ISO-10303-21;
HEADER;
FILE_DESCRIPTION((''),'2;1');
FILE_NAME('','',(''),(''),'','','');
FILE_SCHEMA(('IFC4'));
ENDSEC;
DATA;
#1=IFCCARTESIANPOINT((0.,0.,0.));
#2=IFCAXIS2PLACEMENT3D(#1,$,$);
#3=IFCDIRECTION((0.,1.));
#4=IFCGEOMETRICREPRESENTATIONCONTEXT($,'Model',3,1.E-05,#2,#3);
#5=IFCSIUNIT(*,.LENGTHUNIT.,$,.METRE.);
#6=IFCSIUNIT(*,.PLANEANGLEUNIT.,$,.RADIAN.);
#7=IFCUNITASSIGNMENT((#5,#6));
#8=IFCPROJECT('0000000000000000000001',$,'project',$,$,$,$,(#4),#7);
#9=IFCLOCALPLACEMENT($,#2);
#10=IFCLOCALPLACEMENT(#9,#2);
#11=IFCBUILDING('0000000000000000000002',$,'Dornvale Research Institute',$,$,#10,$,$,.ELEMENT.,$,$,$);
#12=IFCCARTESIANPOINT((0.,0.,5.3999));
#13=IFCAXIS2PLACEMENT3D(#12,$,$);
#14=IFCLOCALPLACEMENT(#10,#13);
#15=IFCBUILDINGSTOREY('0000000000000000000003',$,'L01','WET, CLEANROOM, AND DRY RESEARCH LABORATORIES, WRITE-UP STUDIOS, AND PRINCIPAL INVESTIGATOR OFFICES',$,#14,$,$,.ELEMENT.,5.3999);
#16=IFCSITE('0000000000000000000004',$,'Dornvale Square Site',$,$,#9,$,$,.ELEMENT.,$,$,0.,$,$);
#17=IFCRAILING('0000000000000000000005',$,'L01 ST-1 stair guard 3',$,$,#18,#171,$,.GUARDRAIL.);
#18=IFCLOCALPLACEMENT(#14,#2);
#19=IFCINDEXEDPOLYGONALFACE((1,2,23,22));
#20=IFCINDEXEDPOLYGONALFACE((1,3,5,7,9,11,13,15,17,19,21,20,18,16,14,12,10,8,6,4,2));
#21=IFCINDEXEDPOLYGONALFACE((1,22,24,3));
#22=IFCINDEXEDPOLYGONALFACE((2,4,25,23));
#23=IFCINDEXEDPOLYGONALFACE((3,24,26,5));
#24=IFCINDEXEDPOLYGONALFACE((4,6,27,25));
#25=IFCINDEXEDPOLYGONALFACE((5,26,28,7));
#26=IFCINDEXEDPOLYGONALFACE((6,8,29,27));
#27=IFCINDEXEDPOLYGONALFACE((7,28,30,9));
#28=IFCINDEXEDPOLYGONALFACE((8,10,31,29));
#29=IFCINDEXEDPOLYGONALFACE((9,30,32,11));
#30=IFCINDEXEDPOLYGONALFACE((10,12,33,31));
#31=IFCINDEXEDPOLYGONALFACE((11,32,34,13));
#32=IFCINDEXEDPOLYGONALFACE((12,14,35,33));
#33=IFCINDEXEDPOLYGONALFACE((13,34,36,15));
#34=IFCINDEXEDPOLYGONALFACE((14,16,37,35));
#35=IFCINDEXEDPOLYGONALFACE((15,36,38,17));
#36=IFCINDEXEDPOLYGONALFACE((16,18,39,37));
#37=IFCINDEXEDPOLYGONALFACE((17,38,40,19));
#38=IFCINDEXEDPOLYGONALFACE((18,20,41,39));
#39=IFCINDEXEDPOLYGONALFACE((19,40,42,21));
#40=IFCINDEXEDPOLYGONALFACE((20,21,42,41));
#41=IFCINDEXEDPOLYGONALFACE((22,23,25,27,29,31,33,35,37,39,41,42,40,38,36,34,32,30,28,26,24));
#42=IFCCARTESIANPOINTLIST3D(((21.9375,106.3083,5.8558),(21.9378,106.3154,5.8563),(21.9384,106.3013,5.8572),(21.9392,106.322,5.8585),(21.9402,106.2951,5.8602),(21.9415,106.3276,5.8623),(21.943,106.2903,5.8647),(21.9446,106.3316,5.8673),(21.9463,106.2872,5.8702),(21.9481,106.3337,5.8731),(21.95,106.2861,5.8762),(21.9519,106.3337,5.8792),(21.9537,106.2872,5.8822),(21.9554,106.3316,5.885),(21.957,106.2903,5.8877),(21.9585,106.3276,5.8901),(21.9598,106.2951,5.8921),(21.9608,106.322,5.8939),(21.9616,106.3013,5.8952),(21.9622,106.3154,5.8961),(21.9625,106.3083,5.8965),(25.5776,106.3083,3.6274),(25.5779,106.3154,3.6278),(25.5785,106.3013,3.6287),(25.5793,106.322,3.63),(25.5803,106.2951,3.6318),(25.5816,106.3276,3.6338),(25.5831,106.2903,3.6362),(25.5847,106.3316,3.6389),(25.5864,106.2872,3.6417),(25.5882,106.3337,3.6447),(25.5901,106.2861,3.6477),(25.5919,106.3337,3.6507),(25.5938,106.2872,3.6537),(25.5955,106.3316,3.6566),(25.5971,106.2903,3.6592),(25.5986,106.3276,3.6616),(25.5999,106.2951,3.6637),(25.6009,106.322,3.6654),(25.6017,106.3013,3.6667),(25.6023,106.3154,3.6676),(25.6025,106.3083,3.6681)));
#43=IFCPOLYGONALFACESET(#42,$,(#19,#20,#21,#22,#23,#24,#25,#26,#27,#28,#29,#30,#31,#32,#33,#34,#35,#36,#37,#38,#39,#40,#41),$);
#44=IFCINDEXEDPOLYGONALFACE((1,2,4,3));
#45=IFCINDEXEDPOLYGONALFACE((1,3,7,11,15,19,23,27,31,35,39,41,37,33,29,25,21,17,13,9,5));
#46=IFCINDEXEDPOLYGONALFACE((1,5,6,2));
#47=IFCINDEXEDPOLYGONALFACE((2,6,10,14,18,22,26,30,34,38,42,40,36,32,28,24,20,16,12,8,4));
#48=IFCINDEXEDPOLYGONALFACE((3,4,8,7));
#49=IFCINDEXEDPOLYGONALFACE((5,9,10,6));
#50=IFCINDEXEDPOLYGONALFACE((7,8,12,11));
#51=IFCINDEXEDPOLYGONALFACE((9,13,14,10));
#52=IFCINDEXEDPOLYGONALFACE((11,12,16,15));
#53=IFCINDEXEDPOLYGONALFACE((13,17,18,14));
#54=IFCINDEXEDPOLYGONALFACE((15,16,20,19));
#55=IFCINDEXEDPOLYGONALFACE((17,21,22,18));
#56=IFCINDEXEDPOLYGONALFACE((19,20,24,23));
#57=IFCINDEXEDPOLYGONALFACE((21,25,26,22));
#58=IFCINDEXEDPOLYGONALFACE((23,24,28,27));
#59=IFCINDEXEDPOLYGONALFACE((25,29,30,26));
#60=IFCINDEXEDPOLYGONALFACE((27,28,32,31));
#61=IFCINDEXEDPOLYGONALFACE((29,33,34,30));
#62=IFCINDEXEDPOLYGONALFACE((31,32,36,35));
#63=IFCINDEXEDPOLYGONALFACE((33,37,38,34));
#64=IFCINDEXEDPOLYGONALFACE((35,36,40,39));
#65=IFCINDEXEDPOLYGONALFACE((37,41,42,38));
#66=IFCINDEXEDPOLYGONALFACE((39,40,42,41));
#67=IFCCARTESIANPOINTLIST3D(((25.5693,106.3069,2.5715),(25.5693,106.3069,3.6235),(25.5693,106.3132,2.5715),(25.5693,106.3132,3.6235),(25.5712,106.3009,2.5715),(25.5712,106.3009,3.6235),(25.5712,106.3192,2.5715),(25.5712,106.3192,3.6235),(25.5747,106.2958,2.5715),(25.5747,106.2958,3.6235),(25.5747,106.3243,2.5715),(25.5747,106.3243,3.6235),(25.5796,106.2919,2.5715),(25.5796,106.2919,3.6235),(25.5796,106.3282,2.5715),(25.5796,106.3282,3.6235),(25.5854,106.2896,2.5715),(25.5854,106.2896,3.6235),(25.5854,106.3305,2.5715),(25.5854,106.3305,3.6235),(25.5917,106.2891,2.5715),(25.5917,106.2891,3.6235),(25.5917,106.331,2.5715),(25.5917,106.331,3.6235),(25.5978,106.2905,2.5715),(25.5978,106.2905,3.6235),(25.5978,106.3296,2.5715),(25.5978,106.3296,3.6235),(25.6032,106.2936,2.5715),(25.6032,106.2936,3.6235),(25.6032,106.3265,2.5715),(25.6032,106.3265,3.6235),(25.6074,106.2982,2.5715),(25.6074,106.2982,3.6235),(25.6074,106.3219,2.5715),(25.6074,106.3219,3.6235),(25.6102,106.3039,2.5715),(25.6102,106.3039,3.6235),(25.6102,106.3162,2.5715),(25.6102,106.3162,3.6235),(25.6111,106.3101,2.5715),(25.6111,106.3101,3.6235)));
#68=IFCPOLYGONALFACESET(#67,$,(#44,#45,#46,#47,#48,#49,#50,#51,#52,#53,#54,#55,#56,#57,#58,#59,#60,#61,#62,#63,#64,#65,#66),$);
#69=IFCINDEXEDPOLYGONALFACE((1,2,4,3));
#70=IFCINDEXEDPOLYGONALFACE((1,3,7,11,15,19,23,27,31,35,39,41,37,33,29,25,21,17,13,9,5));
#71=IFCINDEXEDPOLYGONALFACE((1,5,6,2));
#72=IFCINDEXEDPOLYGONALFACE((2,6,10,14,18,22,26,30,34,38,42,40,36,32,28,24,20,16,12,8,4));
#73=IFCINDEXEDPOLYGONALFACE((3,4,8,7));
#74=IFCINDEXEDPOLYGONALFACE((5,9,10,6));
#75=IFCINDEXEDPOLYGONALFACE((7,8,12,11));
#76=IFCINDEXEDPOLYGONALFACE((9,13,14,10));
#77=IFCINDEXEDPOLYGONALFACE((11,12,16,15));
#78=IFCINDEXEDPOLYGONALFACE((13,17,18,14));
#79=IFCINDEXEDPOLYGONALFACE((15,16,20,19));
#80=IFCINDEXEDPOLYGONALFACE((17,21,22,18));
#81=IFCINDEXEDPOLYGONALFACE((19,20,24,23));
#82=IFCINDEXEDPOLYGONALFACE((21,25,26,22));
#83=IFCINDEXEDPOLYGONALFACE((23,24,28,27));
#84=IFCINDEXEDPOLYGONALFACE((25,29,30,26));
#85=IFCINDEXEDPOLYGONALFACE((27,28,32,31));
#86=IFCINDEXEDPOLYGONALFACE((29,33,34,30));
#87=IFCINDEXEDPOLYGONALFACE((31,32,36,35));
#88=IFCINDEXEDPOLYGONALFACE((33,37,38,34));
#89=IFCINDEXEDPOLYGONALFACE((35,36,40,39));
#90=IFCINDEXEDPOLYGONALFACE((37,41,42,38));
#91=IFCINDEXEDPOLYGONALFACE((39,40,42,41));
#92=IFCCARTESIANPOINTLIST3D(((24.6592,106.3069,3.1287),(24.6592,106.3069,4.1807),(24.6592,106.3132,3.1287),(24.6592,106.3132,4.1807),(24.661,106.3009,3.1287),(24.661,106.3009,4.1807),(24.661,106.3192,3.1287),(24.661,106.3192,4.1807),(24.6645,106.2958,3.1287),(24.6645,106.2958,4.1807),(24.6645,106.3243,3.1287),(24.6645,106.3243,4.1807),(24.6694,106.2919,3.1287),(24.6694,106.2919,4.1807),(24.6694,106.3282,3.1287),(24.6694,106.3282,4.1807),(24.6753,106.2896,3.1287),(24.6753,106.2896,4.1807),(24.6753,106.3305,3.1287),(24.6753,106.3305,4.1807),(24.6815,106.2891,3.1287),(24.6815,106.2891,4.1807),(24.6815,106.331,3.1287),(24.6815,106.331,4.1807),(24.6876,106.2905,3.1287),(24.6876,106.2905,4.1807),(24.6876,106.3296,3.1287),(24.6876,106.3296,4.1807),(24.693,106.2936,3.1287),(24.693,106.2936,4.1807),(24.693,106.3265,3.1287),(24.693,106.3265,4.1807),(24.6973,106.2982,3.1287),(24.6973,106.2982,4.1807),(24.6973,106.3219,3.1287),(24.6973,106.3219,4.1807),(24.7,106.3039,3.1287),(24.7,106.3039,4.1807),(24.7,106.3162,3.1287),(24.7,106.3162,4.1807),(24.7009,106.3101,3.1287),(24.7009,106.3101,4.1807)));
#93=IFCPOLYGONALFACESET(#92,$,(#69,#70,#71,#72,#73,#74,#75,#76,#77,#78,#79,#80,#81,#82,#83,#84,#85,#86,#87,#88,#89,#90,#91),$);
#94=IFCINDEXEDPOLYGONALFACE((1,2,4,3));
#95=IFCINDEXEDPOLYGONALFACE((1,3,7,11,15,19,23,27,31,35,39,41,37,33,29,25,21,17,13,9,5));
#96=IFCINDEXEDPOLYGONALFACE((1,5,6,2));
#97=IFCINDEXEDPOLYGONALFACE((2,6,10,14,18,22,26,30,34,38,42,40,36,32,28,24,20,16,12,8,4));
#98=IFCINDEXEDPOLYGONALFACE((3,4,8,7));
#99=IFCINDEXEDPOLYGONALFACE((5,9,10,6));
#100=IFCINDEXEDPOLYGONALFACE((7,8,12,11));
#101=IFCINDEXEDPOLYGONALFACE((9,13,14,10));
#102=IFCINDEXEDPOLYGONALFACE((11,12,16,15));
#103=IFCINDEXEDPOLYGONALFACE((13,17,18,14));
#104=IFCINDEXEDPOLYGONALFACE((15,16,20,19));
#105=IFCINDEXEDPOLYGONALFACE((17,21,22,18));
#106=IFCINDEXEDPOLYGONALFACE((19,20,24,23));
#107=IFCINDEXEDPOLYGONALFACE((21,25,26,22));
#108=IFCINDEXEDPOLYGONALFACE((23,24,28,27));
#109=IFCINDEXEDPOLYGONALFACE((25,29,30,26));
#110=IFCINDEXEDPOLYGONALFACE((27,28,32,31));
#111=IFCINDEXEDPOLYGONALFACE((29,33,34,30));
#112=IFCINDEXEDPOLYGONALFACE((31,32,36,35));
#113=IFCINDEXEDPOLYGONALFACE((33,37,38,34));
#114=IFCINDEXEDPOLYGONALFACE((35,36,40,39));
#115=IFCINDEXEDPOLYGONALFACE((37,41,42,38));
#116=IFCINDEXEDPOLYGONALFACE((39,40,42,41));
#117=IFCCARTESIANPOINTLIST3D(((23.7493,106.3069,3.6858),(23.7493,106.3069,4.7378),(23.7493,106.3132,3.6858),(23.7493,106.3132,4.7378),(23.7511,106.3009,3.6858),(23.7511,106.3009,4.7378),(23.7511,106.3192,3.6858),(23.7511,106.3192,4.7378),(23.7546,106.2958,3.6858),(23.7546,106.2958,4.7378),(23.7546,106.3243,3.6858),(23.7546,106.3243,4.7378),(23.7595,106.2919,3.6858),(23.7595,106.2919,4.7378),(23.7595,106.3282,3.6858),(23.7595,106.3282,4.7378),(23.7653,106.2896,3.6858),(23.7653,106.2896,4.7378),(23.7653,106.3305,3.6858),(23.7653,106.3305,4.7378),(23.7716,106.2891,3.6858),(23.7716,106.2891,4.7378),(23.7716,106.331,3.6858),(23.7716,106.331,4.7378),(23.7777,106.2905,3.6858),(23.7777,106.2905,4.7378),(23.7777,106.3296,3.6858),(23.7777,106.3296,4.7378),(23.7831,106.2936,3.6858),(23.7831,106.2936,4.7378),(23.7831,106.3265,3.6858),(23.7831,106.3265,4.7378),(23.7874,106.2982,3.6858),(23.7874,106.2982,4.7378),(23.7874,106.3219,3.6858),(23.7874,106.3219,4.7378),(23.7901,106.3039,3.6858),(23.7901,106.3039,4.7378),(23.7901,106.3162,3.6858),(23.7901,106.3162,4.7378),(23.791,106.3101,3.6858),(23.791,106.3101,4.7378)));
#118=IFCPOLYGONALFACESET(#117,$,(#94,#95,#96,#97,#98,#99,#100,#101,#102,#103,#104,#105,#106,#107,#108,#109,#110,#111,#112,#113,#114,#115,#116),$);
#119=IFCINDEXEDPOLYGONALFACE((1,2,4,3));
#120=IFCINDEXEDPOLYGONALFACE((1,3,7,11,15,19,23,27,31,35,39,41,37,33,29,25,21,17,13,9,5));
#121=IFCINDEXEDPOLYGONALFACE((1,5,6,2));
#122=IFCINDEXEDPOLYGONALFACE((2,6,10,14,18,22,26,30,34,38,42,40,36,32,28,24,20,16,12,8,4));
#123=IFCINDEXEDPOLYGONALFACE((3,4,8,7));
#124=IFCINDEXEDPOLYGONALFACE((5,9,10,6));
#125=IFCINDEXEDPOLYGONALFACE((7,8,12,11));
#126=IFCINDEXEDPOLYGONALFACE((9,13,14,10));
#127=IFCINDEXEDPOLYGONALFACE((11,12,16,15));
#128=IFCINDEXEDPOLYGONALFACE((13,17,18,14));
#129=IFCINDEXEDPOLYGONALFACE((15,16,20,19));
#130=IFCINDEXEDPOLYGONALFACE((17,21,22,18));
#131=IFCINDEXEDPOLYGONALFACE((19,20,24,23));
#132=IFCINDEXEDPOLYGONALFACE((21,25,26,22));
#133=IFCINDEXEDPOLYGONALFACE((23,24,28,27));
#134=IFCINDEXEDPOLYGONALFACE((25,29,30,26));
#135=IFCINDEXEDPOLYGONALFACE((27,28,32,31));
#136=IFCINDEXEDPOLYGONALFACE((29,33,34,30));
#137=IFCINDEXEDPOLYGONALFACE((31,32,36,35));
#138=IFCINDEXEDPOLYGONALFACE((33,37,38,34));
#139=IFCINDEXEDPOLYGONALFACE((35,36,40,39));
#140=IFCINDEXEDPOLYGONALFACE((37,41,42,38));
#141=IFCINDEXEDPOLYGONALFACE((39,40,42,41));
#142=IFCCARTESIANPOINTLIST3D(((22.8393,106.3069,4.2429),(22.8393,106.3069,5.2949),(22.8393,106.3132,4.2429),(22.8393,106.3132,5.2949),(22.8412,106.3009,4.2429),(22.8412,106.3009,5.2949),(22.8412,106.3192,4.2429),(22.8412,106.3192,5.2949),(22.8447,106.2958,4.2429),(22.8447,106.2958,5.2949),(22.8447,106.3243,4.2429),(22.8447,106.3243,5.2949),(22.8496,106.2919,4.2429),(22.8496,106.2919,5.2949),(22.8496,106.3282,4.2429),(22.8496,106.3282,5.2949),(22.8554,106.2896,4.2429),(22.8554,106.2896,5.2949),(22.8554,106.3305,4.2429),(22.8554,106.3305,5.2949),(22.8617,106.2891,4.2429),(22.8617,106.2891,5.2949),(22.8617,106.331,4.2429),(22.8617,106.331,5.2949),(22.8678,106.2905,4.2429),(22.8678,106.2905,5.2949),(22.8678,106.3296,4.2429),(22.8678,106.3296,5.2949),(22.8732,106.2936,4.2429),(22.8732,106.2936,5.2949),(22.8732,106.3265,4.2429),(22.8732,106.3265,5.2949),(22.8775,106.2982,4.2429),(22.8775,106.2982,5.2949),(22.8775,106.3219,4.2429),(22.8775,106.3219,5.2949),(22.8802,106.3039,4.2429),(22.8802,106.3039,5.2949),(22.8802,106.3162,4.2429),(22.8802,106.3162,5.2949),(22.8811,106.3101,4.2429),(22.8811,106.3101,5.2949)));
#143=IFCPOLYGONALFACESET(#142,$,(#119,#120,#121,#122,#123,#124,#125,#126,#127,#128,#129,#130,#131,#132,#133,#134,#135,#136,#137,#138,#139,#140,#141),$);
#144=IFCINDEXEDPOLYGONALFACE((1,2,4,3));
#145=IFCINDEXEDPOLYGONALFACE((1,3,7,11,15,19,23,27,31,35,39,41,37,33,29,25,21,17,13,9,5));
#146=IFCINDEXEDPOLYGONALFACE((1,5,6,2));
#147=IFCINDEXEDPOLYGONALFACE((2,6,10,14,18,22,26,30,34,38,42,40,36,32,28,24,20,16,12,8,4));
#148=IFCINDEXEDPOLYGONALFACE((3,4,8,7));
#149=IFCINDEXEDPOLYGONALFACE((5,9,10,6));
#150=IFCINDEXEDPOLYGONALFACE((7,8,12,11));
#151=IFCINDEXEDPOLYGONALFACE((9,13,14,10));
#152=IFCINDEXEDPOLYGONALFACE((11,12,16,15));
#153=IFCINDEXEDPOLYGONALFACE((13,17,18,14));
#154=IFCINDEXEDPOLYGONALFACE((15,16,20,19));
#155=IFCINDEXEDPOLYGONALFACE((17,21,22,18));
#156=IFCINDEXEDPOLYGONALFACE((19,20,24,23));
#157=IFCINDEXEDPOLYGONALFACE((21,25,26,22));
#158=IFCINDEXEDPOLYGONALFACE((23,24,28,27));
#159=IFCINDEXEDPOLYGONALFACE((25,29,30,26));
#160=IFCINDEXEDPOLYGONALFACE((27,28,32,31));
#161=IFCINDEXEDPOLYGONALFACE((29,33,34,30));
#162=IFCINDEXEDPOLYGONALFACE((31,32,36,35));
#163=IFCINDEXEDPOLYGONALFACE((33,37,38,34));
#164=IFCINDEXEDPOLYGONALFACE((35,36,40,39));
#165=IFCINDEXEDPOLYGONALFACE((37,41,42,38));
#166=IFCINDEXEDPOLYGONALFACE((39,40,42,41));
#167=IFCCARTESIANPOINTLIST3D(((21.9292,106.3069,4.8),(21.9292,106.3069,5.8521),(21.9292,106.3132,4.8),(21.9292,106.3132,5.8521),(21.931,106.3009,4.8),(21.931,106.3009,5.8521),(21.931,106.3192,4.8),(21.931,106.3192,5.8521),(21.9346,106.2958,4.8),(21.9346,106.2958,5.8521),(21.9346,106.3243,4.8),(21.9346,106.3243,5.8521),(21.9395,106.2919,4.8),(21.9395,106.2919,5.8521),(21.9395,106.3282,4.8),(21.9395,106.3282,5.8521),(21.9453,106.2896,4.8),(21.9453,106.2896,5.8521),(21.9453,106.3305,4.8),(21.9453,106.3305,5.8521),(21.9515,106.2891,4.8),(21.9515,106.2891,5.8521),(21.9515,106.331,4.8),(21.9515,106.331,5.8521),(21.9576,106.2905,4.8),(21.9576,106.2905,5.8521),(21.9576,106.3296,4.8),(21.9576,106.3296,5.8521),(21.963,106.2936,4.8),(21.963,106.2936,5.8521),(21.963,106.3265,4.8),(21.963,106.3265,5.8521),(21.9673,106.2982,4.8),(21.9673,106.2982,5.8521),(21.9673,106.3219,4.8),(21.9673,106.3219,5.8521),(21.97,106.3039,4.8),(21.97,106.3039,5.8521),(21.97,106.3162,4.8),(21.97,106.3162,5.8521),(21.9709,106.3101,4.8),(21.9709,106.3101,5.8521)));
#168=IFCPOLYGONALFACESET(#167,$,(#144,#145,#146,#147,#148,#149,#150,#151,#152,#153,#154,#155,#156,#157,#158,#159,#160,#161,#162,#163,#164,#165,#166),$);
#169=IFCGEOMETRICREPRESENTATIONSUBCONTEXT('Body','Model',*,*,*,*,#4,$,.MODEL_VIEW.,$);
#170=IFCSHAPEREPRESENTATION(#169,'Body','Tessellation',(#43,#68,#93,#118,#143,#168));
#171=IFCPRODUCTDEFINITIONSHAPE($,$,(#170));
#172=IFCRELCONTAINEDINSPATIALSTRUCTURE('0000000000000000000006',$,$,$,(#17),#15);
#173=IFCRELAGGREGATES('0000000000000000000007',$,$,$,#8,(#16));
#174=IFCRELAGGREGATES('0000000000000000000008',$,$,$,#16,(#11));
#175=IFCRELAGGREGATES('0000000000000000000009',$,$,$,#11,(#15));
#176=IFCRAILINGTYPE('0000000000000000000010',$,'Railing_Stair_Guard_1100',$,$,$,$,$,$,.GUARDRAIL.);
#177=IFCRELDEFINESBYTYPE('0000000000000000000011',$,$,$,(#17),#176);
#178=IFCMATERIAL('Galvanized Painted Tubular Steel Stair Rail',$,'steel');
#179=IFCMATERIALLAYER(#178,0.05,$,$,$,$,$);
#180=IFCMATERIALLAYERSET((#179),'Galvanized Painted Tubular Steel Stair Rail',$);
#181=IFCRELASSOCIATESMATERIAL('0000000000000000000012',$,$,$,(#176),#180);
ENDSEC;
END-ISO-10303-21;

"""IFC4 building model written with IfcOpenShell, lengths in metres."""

from ifc_helpers import new_model, si_unit, direction, frame, origin, origin_2d, place, context, subcontext, project, spatial, circle, extrude, material, layer, layer_set, type_object, element, save


model = new_model("IFC4")

# Units and contexts
model_context = context("Model", 3, precision=1e-05, world=origin(), true_north=direction((0.0, 1.0)))
body_context = subcontext(model_context, "Body", "Model", "MODEL_VIEW")
ifc_project = project(units=[si_unit("LENGTHUNIT", "METRE"), si_unit("PLANEANGLEUNIT", "RADIAN")], contexts=[model_context])

# Site, building, storey
site_placement = place(None, origin())
site = spatial("IfcSite", under=ifc_project, at=site_placement, Name="Dornvale Square Site", CompositionType="ELEMENT", RefElevation=0.0)
building_placement = place(site_placement, origin())
building = spatial("IfcBuilding", under=site, at=building_placement, Name="Dornvale Research Institute", CompositionType="ELEMENT")
storey_placement = place(building_placement, frame((0.0, 0.0, 5.3999)))
storey = spatial("IfcBuildingStorey", under=building, at=storey_placement, Name="L01", Description="WET, CLEANROOM, AND DRY RESEARCH LABORATORIES, WRITE-UP STUDIOS, AND PRINCIPAL INVESTIGATOR OFFICES", CompositionType="ELEMENT", Elevation=5.3999)

# Railing
ifc_material_1 = material(Name="Galvanized Painted Tubular Steel Stair Rail", Category="steel")
ifc_layer_1 = layer(ifc_material_1, 0.05)
ifc_layer_set_1 = layer_set([ifc_layer_1], Name="Galvanized Painted Tubular Steel Stair Rail")
railing_type_1 = type_object("IfcRailingType", Name="Railing_Stair_Guard_1100", PredefinedType="GUARDRAIL", material=ifc_layer_set_1)
railing_1_placement = place(storey_placement, frame((25.5901, 106.3101, 2.5715)))
element("IfcRailing", 1, at=railing_1_placement, inside=storey, type_object=railing_type_1, Name="L01 ST-1 stair guard 3", PredefinedType="GUARDRAIL", context=body_context, shape_type="SweptSolid", body=[
    extrude(circle(Radius=0.0239, at=origin_2d()), frame((0.0, 0.0, 1.0762), z_axis=(-0.852866, 0.0, 0.52213), x_axis=(0.0, -1.0, 0.0)), (0.0, 0.0, 1.0), 4.2681),
    extrude(circle(Radius=0.021, at=origin_2d()), origin(), (0.0, 0.0, 1.0), 1.052),
    extrude(circle(Radius=0.021, at=origin_2d()), frame((-0.9102, 0.0, 0.5571)), (0.0, 0.0, 1.0), 1.052),
    extrude(circle(Radius=0.021, at=origin_2d()), frame((-1.8201, 0.0, 1.1143)), (0.0, 0.0, 1.0), 1.052),
    extrude(circle(Radius=0.021, at=origin_2d()), frame((-2.73, 0.0, 1.6714)), (0.0, 0.0, 1.0), 1.052),
    extrude(circle(Radius=0.021, at=origin_2d()), frame((-3.6401, 0.0, 2.2285)), (0.0, 0.0, 1.0), 1.052),
])

save(model, "model.ifc")
